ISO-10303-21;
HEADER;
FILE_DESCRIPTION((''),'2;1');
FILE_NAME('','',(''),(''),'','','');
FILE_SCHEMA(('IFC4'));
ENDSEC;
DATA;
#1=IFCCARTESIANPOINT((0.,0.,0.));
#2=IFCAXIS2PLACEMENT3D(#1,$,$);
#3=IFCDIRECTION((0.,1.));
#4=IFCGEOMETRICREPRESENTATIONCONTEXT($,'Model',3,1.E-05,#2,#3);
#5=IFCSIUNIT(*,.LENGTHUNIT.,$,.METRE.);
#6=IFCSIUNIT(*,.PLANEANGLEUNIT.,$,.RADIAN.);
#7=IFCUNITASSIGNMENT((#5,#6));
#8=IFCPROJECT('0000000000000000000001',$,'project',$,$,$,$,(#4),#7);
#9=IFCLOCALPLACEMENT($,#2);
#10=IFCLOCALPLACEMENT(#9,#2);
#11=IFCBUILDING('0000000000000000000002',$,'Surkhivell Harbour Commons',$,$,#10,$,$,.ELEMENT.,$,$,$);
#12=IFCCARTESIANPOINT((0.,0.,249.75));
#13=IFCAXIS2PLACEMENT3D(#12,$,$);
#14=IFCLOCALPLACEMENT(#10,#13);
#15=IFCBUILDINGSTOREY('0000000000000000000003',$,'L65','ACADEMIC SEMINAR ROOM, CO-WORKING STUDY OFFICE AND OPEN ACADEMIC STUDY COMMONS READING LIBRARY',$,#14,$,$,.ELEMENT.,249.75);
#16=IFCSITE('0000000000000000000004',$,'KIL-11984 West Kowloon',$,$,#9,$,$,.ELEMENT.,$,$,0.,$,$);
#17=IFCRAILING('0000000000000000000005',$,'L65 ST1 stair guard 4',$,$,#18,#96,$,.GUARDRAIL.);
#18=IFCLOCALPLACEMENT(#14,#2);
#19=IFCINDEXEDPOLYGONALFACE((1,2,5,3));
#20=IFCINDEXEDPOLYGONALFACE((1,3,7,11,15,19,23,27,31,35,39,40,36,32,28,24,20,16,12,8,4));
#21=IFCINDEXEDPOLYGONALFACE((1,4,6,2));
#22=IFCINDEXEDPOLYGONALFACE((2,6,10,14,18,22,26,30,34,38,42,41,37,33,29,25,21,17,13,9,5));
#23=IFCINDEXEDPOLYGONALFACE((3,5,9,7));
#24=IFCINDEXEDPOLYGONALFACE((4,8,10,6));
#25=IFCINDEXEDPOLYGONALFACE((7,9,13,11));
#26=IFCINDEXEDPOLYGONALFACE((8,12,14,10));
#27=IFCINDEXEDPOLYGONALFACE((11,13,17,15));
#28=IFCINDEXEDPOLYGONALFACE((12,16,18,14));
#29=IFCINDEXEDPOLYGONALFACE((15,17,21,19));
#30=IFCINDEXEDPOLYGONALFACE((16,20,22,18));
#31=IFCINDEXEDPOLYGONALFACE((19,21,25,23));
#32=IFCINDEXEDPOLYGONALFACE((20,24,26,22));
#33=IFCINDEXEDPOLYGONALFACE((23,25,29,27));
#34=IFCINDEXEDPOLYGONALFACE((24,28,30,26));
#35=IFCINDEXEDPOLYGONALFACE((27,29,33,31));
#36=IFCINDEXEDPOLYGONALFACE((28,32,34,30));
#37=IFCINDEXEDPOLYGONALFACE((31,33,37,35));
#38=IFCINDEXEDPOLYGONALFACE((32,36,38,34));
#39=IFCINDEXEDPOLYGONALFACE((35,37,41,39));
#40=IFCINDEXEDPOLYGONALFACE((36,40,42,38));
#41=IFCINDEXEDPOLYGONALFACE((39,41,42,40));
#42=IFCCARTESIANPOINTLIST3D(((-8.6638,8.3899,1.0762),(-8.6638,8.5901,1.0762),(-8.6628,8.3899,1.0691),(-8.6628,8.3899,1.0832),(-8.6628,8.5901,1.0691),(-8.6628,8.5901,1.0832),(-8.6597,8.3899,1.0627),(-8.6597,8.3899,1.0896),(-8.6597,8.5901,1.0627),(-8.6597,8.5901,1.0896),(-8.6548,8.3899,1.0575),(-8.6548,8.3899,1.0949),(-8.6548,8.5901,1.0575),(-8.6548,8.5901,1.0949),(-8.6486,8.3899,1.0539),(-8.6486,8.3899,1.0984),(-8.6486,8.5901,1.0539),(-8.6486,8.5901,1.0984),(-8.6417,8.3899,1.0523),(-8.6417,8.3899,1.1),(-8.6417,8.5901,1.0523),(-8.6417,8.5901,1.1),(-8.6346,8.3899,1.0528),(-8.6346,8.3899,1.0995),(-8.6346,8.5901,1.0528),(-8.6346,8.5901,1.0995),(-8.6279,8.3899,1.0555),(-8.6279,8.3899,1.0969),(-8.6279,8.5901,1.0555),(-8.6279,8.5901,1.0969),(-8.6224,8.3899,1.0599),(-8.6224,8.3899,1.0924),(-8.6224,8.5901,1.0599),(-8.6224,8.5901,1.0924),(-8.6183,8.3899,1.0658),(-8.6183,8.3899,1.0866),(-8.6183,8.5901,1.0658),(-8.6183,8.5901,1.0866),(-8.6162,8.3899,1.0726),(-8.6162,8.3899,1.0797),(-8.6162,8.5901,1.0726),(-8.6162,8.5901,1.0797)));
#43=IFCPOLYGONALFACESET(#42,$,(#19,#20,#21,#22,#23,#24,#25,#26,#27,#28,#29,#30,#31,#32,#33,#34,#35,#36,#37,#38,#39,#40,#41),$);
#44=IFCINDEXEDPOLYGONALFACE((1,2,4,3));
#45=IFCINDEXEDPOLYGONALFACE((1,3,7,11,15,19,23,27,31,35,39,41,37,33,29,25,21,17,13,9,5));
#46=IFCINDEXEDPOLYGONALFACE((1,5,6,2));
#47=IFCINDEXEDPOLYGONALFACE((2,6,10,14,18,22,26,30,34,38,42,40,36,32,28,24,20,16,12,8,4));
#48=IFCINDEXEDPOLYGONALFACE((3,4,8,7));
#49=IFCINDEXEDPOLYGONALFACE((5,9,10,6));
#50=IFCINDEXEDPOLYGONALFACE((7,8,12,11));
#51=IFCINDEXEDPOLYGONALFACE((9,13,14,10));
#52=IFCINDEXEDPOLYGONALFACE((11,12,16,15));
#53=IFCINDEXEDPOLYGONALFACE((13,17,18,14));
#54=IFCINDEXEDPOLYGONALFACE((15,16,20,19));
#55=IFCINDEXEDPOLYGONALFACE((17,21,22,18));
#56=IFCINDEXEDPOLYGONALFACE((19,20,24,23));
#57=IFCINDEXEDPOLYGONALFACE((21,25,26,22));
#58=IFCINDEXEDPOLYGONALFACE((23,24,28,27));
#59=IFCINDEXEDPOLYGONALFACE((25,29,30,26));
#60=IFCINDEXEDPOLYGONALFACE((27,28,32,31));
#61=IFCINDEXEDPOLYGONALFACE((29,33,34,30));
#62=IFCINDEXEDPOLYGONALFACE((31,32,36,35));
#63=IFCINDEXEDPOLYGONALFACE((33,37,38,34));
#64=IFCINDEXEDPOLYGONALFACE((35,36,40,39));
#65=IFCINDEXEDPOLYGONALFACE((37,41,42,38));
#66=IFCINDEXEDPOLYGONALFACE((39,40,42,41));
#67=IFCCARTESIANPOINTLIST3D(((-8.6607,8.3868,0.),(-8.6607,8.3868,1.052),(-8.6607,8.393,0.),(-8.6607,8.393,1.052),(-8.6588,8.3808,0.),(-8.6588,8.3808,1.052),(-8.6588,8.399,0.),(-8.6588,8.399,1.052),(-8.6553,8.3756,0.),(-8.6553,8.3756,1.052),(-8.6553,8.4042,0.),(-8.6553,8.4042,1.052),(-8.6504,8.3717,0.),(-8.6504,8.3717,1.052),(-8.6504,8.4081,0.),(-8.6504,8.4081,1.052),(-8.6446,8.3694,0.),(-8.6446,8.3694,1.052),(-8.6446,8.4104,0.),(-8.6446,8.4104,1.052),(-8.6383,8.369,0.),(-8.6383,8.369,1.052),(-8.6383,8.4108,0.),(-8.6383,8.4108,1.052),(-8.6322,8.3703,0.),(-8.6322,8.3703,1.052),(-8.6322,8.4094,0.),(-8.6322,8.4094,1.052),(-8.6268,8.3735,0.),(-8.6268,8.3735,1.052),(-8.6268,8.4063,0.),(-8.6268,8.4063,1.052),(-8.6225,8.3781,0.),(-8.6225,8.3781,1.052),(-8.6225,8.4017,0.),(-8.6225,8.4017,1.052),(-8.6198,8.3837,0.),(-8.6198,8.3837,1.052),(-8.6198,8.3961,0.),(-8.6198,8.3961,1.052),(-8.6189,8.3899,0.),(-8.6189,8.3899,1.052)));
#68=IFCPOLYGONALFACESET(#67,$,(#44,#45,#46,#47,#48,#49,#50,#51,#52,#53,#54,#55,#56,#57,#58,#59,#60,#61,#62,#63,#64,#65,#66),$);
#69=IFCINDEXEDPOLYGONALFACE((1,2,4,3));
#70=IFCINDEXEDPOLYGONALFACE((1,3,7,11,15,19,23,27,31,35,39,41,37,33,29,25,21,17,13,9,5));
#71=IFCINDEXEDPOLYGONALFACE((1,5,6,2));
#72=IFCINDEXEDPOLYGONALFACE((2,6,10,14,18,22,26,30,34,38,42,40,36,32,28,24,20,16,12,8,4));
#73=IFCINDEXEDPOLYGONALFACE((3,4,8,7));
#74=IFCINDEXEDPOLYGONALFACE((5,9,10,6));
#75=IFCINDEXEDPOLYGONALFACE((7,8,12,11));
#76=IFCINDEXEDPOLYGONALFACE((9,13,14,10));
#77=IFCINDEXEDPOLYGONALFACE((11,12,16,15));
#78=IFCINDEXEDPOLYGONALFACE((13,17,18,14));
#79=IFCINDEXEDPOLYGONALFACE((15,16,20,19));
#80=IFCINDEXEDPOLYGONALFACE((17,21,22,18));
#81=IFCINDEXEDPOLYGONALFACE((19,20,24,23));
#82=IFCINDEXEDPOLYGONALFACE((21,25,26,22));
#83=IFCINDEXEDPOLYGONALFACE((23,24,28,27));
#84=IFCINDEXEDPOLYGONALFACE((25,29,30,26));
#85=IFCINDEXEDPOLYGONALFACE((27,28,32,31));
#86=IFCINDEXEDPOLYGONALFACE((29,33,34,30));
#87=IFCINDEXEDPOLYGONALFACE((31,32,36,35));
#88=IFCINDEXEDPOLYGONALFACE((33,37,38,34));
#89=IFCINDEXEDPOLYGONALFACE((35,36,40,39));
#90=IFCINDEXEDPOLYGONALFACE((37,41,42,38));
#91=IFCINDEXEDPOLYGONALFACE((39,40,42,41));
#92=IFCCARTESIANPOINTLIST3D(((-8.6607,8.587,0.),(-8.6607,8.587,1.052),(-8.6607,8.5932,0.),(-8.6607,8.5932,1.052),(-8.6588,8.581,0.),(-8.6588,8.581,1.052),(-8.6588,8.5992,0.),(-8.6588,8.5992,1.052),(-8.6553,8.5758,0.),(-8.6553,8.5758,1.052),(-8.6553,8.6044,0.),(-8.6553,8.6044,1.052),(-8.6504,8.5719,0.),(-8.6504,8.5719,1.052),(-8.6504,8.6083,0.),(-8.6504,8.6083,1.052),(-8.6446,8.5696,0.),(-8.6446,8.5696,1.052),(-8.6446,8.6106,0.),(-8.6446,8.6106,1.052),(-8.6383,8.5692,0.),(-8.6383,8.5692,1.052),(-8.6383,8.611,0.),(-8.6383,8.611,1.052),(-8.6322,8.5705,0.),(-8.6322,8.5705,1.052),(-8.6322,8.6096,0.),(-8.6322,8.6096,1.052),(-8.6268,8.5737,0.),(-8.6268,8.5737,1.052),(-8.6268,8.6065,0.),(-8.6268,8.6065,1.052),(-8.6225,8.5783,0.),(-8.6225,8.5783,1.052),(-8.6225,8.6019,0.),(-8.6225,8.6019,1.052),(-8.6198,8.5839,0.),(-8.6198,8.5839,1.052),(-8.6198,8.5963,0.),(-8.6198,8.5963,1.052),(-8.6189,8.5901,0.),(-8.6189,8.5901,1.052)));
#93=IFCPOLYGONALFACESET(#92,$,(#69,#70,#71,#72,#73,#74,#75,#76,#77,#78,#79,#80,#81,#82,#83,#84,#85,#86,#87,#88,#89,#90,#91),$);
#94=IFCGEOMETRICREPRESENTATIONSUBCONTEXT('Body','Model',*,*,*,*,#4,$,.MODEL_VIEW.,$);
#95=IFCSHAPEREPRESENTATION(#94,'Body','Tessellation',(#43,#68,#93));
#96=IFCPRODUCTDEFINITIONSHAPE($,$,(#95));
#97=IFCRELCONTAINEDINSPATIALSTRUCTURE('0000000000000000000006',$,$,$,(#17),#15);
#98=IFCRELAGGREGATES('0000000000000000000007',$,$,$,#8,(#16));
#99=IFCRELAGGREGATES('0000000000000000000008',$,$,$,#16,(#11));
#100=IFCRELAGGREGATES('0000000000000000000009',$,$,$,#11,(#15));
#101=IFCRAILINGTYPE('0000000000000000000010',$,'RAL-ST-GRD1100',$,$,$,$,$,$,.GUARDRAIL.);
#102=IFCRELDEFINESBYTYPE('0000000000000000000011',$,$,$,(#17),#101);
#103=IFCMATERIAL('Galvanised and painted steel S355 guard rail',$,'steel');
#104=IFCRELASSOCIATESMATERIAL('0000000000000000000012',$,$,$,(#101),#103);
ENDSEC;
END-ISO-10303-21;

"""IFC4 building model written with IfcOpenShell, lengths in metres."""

from ifc_helpers import new_model, si_unit, direction, frame, origin, origin_2d, place, context, subcontext, project, spatial, circle, extrude, material, type_object, element, save


model = new_model("IFC4")

# Units and contexts
model_context = context("Model", 3, precision=1e-05, world=origin(), true_north=direction((0.0, 1.0)))
body_context = subcontext(model_context, "Body", "Model", "MODEL_VIEW")
ifc_project = project(units=[si_unit("LENGTHUNIT", "METRE"), si_unit("PLANEANGLEUNIT", "RADIAN")], contexts=[model_context])

# Site, building, storey
site_placement = place(None, origin())
site = spatial("IfcSite", under=ifc_project, at=site_placement, Name="KIL-11984 West Kowloon", CompositionType="ELEMENT", RefElevation=0.0)
building_placement = place(site_placement, origin())
building = spatial("IfcBuilding", under=site, at=building_placement, Name="Surkhivell Harbour Commons", CompositionType="ELEMENT")
storey_placement = place(building_placement, frame((0.0, 0.0, 249.75)))
storey = spatial("IfcBuildingStorey", under=building, at=storey_placement, Name="L65", Description="ACADEMIC SEMINAR ROOM, CO-WORKING STUDY OFFICE AND OPEN ACADEMIC STUDY COMMONS READING LIBRARY", CompositionType="ELEMENT", Elevation=249.75)

# Railing
ifc_material_1 = material(Name="Galvanised and painted steel S355 guard rail", Category="steel")
railing_type_1 = type_object("IfcRailingType", Name="RAL-ST-GRD1100", PredefinedType="GUARDRAIL", material=ifc_material_1)
railing_1_placement = place(storey_placement, frame((-8.6399, 8.3899, 0.0)))
element("IfcRailing", 1, at=railing_1_placement, inside=storey, type_object=railing_type_1, Name="L65 ST1 stair guard 4", PredefinedType="GUARDRAIL", context=body_context, shape_type="SweptSolid", body=[
    extrude(circle(Radius=0.0239, at=origin_2d()), frame((0.0, 0.0, 1.0762), z_axis=(0.0, 1.0, 0.0), x_axis=(-1.0, 0.0, 0.0)), (0.0, 0.0, 1.0), 0.2002),
    extrude(circle(Radius=0.021, at=origin_2d()), origin(), (0.0, 0.0, 1.0), 1.052),
    extrude(circle(Radius=0.021, at=origin_2d()), frame((0.0, 0.2002, 0.0)), (0.0, 0.0, 1.0), 1.052),
])

save(model, "model.ifc")
